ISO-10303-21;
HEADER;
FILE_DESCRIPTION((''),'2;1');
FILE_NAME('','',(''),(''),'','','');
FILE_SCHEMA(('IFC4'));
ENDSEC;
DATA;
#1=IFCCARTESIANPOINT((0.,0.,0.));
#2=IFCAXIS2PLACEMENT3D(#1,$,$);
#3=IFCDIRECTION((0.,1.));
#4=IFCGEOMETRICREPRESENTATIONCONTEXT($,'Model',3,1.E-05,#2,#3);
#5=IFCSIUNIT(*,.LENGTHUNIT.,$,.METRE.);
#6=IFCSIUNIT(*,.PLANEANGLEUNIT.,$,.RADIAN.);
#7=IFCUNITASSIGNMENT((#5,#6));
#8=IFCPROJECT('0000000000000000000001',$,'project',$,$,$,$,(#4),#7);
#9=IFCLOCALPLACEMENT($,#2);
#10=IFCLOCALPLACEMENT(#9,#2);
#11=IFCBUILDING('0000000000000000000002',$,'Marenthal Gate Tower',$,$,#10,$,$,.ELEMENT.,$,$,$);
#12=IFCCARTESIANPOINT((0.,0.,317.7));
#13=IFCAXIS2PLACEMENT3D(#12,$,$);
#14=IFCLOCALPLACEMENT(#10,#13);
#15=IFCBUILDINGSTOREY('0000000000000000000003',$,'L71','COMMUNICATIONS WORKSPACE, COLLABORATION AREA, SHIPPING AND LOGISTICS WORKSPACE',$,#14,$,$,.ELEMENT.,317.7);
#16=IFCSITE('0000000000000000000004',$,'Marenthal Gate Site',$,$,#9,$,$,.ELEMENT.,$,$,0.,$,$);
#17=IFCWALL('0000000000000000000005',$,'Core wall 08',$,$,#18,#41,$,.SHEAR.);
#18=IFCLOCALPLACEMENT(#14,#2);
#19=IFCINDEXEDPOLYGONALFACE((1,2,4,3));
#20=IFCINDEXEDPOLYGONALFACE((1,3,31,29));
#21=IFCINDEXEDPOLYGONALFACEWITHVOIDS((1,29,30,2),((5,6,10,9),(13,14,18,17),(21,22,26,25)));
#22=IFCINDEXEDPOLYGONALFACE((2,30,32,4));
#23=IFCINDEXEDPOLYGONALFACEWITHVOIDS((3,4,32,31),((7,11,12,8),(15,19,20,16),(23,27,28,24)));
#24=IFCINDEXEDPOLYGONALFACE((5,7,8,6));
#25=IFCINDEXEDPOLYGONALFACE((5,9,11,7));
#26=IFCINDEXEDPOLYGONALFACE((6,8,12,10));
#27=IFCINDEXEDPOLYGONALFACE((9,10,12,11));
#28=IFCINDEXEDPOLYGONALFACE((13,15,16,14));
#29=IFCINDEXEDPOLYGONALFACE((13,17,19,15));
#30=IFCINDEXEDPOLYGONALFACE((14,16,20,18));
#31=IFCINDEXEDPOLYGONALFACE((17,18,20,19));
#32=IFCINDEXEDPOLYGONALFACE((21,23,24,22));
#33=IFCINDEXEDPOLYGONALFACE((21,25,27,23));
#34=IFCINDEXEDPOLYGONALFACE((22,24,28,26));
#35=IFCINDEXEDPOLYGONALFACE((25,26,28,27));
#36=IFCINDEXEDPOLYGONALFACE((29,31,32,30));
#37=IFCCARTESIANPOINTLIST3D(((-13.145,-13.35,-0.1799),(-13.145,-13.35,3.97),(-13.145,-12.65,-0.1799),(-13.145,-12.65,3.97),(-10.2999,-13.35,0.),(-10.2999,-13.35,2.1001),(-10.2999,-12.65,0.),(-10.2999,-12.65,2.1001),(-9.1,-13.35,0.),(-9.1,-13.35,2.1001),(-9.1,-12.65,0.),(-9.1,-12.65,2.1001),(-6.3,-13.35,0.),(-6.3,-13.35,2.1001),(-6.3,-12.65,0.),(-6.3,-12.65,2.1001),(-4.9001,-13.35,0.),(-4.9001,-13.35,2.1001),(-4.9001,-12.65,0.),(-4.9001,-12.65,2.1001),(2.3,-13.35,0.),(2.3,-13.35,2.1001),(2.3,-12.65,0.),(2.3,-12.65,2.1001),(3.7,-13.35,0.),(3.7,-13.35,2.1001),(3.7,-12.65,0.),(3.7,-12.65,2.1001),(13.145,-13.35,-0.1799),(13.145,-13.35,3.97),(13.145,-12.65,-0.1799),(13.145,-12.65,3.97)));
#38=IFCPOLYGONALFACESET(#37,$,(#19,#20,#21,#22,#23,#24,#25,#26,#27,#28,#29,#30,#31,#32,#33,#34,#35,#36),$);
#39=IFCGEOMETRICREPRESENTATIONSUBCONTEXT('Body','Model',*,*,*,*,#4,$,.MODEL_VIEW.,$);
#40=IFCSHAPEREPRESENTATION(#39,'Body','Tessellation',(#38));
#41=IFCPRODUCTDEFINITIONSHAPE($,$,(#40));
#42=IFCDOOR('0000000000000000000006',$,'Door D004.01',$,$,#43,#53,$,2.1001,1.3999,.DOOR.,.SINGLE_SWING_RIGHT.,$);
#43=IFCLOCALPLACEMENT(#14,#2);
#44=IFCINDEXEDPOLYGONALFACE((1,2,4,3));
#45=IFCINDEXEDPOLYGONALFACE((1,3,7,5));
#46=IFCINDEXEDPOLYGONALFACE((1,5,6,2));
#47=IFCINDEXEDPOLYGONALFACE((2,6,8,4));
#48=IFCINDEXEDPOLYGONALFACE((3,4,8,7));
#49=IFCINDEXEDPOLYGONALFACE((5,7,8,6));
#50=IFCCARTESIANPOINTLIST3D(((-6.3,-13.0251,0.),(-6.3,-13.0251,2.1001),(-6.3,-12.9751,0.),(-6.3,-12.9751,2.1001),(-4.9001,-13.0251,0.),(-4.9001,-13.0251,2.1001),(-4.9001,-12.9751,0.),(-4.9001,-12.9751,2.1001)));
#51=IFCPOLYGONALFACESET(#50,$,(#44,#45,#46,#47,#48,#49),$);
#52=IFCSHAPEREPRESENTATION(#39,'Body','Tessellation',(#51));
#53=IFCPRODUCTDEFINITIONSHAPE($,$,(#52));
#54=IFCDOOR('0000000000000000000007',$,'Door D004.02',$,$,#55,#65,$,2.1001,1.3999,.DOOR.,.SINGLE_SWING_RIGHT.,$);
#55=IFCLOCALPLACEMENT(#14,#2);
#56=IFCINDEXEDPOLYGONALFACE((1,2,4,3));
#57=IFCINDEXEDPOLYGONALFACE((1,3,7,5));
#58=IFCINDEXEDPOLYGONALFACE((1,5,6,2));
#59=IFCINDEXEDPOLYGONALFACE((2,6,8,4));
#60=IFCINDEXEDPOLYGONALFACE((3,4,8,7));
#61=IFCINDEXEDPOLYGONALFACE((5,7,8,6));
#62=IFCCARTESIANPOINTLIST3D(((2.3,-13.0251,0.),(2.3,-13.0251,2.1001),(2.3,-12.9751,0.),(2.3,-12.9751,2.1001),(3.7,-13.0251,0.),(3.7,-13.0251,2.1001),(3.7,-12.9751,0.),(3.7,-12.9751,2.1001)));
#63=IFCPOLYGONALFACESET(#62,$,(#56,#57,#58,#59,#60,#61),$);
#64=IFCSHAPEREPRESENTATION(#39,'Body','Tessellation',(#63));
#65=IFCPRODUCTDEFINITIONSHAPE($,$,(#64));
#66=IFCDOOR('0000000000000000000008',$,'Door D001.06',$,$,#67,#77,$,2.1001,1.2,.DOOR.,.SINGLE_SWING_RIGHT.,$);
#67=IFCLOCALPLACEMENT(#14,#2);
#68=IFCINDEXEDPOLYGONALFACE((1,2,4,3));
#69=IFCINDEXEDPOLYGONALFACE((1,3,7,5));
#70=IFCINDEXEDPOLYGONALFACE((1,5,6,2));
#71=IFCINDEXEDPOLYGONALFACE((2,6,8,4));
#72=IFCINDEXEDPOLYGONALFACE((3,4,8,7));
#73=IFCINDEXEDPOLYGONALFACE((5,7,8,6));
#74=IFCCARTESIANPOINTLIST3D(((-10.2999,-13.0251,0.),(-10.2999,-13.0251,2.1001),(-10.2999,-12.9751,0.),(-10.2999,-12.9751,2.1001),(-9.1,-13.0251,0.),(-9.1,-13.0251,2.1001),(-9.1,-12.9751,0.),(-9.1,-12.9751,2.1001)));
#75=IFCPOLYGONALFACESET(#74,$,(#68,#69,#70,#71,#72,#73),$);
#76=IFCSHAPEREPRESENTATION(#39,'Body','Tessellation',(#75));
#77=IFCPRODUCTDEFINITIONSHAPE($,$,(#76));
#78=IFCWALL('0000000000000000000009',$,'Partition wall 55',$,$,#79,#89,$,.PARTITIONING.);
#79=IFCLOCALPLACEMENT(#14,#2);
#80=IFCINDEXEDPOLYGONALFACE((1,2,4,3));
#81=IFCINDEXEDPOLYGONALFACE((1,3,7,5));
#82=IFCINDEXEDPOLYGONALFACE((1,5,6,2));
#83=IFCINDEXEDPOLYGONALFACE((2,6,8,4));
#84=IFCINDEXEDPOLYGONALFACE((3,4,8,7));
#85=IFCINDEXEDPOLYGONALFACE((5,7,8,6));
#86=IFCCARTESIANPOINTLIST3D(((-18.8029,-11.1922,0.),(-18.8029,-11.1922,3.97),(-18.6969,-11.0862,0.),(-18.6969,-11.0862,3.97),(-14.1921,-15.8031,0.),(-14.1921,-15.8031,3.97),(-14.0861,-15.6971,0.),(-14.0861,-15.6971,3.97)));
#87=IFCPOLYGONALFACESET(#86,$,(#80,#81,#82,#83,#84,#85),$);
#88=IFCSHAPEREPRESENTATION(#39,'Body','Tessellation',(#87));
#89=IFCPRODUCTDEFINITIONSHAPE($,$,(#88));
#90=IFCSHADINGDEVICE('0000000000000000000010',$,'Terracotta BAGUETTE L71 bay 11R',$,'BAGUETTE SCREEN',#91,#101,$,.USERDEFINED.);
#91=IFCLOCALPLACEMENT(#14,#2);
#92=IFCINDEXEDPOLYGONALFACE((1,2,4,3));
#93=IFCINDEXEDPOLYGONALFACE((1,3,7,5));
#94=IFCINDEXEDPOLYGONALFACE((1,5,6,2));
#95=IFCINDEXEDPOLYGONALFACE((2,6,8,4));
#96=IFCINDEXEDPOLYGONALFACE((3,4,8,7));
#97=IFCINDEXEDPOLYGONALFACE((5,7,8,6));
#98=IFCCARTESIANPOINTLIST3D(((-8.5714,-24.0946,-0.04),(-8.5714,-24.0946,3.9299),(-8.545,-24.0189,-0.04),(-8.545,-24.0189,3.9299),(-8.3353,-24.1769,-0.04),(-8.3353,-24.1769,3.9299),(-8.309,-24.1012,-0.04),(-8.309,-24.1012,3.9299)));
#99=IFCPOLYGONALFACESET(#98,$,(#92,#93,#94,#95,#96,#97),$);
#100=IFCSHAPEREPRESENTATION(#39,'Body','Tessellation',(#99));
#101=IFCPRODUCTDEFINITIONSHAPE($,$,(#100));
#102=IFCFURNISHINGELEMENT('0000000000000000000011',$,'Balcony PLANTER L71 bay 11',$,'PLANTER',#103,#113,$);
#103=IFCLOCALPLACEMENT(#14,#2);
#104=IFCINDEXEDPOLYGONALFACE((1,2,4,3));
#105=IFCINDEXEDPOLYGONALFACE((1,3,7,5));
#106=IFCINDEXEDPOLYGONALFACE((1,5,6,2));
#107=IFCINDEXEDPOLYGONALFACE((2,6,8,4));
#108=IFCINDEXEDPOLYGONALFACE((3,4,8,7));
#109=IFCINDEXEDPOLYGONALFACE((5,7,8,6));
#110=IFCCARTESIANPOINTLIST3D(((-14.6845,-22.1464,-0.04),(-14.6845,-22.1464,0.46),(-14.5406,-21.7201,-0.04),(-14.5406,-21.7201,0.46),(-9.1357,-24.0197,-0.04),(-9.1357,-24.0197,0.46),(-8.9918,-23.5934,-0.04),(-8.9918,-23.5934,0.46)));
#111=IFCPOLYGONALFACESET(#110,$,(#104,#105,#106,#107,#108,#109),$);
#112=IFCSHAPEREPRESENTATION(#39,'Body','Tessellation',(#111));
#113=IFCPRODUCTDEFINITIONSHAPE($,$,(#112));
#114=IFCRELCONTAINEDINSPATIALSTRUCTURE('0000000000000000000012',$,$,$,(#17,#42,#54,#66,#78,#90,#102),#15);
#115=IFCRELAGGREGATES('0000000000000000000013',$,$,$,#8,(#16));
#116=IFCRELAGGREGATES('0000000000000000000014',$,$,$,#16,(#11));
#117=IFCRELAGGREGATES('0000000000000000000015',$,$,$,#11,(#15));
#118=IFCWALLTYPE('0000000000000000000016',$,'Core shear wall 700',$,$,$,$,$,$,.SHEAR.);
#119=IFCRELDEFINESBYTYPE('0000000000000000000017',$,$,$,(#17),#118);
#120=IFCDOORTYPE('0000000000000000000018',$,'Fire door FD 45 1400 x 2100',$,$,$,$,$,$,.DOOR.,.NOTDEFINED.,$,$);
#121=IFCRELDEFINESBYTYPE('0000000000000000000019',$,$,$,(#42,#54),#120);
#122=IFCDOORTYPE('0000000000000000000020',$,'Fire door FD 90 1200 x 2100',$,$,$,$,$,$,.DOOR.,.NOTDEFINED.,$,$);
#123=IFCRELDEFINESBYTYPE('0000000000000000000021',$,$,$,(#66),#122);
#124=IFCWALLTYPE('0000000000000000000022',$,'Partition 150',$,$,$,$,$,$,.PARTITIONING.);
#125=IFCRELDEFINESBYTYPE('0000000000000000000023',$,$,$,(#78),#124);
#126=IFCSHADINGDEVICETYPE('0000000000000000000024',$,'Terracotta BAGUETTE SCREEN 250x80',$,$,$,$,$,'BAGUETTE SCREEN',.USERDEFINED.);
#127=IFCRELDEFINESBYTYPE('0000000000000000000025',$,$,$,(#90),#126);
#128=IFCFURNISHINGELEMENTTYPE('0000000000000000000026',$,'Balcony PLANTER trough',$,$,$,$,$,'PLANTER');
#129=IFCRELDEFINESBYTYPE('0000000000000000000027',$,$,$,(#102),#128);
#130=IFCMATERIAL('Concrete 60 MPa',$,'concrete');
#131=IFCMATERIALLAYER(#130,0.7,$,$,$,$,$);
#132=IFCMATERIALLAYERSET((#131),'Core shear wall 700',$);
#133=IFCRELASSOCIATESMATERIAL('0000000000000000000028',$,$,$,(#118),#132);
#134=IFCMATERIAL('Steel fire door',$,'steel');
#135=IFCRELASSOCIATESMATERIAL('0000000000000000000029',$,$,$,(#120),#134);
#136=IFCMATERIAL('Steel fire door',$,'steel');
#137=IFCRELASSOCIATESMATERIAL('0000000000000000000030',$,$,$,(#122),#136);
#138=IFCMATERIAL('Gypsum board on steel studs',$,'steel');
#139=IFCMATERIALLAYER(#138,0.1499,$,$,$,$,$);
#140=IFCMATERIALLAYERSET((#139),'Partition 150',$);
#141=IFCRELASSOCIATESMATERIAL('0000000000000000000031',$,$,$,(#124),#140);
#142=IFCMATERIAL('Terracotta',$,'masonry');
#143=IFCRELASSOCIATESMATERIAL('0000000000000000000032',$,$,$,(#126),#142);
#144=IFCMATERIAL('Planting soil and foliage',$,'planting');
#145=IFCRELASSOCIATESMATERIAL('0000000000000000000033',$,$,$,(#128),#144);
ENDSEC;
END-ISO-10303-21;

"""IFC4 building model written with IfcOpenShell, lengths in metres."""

from ifc_helpers import new_model, si_unit, direction, frame, frame_2d, origin, origin_2d, place, context, subcontext, project, spatial, rectangle, extrude, material, layer, layer_set, material_profile, profile_set, type_object, element, fill, save


model = new_model("IFC4")

# Units and contexts
model_context = context("Model", 3, precision=1e-05, world=origin(), true_north=direction((0.0, 1.0)))
body_context = subcontext(model_context, "Body", "Model", "MODEL_VIEW")
ifc_project = project(units=[si_unit("LENGTHUNIT", "METRE"), si_unit("PLANEANGLEUNIT", "RADIAN")], contexts=[model_context])

# Site, building, storey
site_placement = place(None, origin())
site = spatial("IfcSite", under=ifc_project, at=site_placement, Name="Marenthal Gate Site", CompositionType="ELEMENT", RefElevation=0.0)
building_placement = place(site_placement, origin())
building = spatial("IfcBuilding", under=site, at=building_placement, Name="Marenthal Gate Tower", CompositionType="ELEMENT")
storey_placement = place(building_placement, frame((0.0, 0.0, 317.7)))
storey = spatial("IfcBuildingStorey", under=building, at=storey_placement, Name="L71", Description="COMMUNICATIONS WORKSPACE, COLLABORATION AREA, SHIPPING AND LOGISTICS WORKSPACE", CompositionType="ELEMENT", Elevation=317.7)

# Wall, openings, doors
ifc_material_1 = material(Name="Concrete 60 MPa", Category="concrete")
ifc_layer_1 = layer(ifc_material_1, 0.7)
ifc_layer_set_1 = layer_set([ifc_layer_1], Name="Core shear wall 700")
wall_type_1 = type_object("IfcWallType", Name="Core shear wall 700", PredefinedType="SHEAR", material=ifc_layer_set_1)
wall_1_placement = place(storey_placement, frame((-13.145, -13.0, -0.1799), z_axis=(0.0, 0.0, 1.0), x_axis=(1.0, 0.0, 0.0)))
wall_1 = element("IfcWall", 1, at=wall_1_placement, inside=storey, type_object=wall_type_1, Name="Core wall 08", PredefinedType="SHEAR", context=body_context, shape_type="SweptSolid", body=[
    extrude(rectangle(XDim=26.29, YDim=0.7, at=frame_2d((13.145, 0.0))), origin(), (0.0, 0.0, 1.0), 4.1499),
])
opening_1_placement = place(wall_1_placement, frame((2.845, 0.0, 0.1799)))
opening_1 = element("IfcOpeningElement", 2, at=opening_1_placement, cuts=wall_1, PredefinedType="OPENING", context=body_context, shape_type="SweptSolid", body=[
    extrude(rectangle(XDim=1.2, YDim=2.1001, at=frame_2d((0.6001, 1.05))), frame((0.0, 0.3599, 0.0), z_axis=(0.0, -1.0, 0.0), x_axis=(1.0, 0.0, 0.0)), (0.0, 0.0, 1.0), 0.72),
])
opening_2_placement = place(wall_1_placement, frame((6.845, 0.0, 0.1799)))
opening_2 = element("IfcOpeningElement", 3, at=opening_2_placement, cuts=wall_1, PredefinedType="OPENING", context=body_context, shape_type="SweptSolid", body=[
    extrude(rectangle(XDim=1.3999, YDim=2.1001, at=frame_2d((0.7, 1.05))), frame((0.0, 0.3599, 0.0), z_axis=(0.0, -1.0, 0.0), x_axis=(1.0, 0.0, 0.0)), (0.0, 0.0, 1.0), 0.72),
])
opening_3_placement = place(wall_1_placement, frame((15.4451, 0.0, 0.1799)))
opening_3 = element("IfcOpeningElement", 4, at=opening_3_placement, cuts=wall_1, PredefinedType="OPENING", context=body_context, shape_type="SweptSolid", body=[
    extrude(rectangle(XDim=1.3999, YDim=2.1001, at=frame_2d((0.7, 1.05))), frame((0.0, 0.3599, 0.0), z_axis=(0.0, -1.0, 0.0), x_axis=(1.0, 0.0, 0.0)), (0.0, 0.0, 1.0), 0.72),
])
ifc_material_2 = material(Name="Steel fire door", Category="steel")
door_type_1 = type_object("IfcDoorType", Name="Fire door FD 45 1400 x 2100", OperationType="NOTDEFINED", PredefinedType="DOOR", material=ifc_material_2)
door_1_placement = place(opening_2_placement, origin())
door_1 = element("IfcDoor", 5, at=door_1_placement, inside=storey, type_object=door_type_1, Name="Door D004.01", OperationType="SINGLE_SWING_RIGHT", OverallHeight=2.1001, OverallWidth=1.3999, PredefinedType="DOOR", context=body_context, shape_type="SweptSolid", body=[
    extrude(rectangle(XDim=1.3999, YDim=2.1001, at=frame_2d((0.7, 1.05))), frame((0.0, 0.0249, 0.0), z_axis=(0.0, -1.0, 0.0), x_axis=(1.0, 0.0, 0.0)), (0.0, 0.0, 1.0), 0.05),
])
fill(opening_2, door_1)
door_2_placement = place(opening_3_placement, origin())
door_2 = element("IfcDoor", 6, at=door_2_placement, inside=storey, type_object=door_type_1, Name="Door D004.02", OperationType="SINGLE_SWING_RIGHT", OverallHeight=2.1001, OverallWidth=1.3999, PredefinedType="DOOR", context=body_context, shape_type="SweptSolid", body=[
    extrude(rectangle(XDim=1.3999, YDim=2.1001, at=frame_2d((0.7, 1.05))), frame((0.0, 0.0249, 0.0), z_axis=(0.0, -1.0, 0.0), x_axis=(1.0, 0.0, 0.0)), (0.0, 0.0, 1.0), 0.05),
])
fill(opening_3, door_2)
ifc_material_3 = material(Name="Steel fire door", Category="steel")
door_type_2 = type_object("IfcDoorType", Name="Fire door FD 90 1200 x 2100", OperationType="NOTDEFINED", PredefinedType="DOOR", material=ifc_material_3)
door_3_placement = place(opening_1_placement, origin())
door_3 = element("IfcDoor", 7, at=door_3_placement, inside=storey, type_object=door_type_2, Name="Door D001.06", OperationType="SINGLE_SWING_RIGHT", OverallHeight=2.1001, OverallWidth=1.2, PredefinedType="DOOR", context=body_context, shape_type="SweptSolid", body=[
    extrude(rectangle(XDim=1.2, YDim=2.1001, at=frame_2d((0.6001, 1.05))), frame((0.0, 0.0249, 0.0), z_axis=(0.0, -1.0, 0.0), x_axis=(1.0, 0.0, 0.0)), (0.0, 0.0, 1.0), 0.05),
])
fill(opening_1, door_3)

# Wall
ifc_material_4 = material(Name="Gypsum board on steel studs", Category="steel")
ifc_layer_2 = layer(ifc_material_4, 0.1499)
ifc_layer_set_2 = layer_set([ifc_layer_2], Name="Partition 150")
wall_type_2 = type_object("IfcWallType", Name="Partition 150", PredefinedType="PARTITIONING", material=ifc_layer_set_2)
wall_2_placement = place(storey_placement, frame((-14.1392, -15.75, 0.0), z_axis=(0.0, 0.0, 1.0), x_axis=(-0.707107, 0.707107, 0.0)))
element("IfcWall", 8, at=wall_2_placement, inside=storey, type_object=wall_type_2, Name="Partition wall 55", PredefinedType="PARTITIONING", context=body_context, shape_type="SweptSolid", body=[
    extrude(rectangle(XDim=6.5208, YDim=0.1499, at=frame_2d((3.2603, 0.0))), origin(), (0.0, 0.0, 1.0), 3.97),
])

# Shading device
ifc_material_5 = material(Name="Terracotta", Category="masonry")
ifc_material_profile_1 = material_profile(ifc_material_5, rectangle(XDim=0.25, YDim=0.0801, at=origin_2d()), Name="Terracotta baguette 250x80")
ifc_profile_set_1 = profile_set([ifc_material_profile_1], Name="Terracotta")
shading_device_type = type_object("IfcShadingDeviceType", Name="Terracotta BAGUETTE SCREEN 250x80", ElementType="BAGUETTE SCREEN", PredefinedType="USERDEFINED", material=ifc_profile_set_1)
shading_device_placement = place(storey_placement, frame((-8.4402, -24.0979, -0.04), z_axis=(0.0, 0.0, 1.0), x_axis=(0.944249, -0.329232, 0.0)))
element("IfcShadingDevice", 9, at=shading_device_placement, inside=storey, type_object=shading_device_type, Name="Terracotta BAGUETTE L71 bay 11R", ObjectType="BAGUETTE SCREEN", PredefinedType="USERDEFINED", context=body_context, shape_type="SweptSolid", body=[
    extrude(rectangle(XDim=0.25, YDim=0.0801, at=origin_2d()), origin(), (0.0, 0.0, 1.0), 3.97),
])

# Furnishing element
ifc_material_6 = material(Name="Planting soil and foliage", Category="planting")
furnishing_element_type = type_object("IfcFurnishingElementType", Name="Balcony PLANTER trough", ElementType="PLANTER", material=ifc_material_6)
furnishing_placement = place(storey_placement, frame((-11.8381, -22.8699, -0.04), z_axis=(0.0, 0.0, 1.0), x_axis=(0.947463, -0.319866, 0.0)))
element("IfcFurnishingElement", 10, at=furnishing_placement, inside=storey, type_object=furnishing_element_type, Name="Balcony PLANTER L71 bay 11", ObjectType="PLANTER", context=body_context, shape_type="SweptSolid", body=[
    extrude(rectangle(XDim=5.8564, YDim=0.45, at=origin_2d()), origin(), (0.0, 0.0, 1.0), 0.5),
])

save(model, "model.ifc")
